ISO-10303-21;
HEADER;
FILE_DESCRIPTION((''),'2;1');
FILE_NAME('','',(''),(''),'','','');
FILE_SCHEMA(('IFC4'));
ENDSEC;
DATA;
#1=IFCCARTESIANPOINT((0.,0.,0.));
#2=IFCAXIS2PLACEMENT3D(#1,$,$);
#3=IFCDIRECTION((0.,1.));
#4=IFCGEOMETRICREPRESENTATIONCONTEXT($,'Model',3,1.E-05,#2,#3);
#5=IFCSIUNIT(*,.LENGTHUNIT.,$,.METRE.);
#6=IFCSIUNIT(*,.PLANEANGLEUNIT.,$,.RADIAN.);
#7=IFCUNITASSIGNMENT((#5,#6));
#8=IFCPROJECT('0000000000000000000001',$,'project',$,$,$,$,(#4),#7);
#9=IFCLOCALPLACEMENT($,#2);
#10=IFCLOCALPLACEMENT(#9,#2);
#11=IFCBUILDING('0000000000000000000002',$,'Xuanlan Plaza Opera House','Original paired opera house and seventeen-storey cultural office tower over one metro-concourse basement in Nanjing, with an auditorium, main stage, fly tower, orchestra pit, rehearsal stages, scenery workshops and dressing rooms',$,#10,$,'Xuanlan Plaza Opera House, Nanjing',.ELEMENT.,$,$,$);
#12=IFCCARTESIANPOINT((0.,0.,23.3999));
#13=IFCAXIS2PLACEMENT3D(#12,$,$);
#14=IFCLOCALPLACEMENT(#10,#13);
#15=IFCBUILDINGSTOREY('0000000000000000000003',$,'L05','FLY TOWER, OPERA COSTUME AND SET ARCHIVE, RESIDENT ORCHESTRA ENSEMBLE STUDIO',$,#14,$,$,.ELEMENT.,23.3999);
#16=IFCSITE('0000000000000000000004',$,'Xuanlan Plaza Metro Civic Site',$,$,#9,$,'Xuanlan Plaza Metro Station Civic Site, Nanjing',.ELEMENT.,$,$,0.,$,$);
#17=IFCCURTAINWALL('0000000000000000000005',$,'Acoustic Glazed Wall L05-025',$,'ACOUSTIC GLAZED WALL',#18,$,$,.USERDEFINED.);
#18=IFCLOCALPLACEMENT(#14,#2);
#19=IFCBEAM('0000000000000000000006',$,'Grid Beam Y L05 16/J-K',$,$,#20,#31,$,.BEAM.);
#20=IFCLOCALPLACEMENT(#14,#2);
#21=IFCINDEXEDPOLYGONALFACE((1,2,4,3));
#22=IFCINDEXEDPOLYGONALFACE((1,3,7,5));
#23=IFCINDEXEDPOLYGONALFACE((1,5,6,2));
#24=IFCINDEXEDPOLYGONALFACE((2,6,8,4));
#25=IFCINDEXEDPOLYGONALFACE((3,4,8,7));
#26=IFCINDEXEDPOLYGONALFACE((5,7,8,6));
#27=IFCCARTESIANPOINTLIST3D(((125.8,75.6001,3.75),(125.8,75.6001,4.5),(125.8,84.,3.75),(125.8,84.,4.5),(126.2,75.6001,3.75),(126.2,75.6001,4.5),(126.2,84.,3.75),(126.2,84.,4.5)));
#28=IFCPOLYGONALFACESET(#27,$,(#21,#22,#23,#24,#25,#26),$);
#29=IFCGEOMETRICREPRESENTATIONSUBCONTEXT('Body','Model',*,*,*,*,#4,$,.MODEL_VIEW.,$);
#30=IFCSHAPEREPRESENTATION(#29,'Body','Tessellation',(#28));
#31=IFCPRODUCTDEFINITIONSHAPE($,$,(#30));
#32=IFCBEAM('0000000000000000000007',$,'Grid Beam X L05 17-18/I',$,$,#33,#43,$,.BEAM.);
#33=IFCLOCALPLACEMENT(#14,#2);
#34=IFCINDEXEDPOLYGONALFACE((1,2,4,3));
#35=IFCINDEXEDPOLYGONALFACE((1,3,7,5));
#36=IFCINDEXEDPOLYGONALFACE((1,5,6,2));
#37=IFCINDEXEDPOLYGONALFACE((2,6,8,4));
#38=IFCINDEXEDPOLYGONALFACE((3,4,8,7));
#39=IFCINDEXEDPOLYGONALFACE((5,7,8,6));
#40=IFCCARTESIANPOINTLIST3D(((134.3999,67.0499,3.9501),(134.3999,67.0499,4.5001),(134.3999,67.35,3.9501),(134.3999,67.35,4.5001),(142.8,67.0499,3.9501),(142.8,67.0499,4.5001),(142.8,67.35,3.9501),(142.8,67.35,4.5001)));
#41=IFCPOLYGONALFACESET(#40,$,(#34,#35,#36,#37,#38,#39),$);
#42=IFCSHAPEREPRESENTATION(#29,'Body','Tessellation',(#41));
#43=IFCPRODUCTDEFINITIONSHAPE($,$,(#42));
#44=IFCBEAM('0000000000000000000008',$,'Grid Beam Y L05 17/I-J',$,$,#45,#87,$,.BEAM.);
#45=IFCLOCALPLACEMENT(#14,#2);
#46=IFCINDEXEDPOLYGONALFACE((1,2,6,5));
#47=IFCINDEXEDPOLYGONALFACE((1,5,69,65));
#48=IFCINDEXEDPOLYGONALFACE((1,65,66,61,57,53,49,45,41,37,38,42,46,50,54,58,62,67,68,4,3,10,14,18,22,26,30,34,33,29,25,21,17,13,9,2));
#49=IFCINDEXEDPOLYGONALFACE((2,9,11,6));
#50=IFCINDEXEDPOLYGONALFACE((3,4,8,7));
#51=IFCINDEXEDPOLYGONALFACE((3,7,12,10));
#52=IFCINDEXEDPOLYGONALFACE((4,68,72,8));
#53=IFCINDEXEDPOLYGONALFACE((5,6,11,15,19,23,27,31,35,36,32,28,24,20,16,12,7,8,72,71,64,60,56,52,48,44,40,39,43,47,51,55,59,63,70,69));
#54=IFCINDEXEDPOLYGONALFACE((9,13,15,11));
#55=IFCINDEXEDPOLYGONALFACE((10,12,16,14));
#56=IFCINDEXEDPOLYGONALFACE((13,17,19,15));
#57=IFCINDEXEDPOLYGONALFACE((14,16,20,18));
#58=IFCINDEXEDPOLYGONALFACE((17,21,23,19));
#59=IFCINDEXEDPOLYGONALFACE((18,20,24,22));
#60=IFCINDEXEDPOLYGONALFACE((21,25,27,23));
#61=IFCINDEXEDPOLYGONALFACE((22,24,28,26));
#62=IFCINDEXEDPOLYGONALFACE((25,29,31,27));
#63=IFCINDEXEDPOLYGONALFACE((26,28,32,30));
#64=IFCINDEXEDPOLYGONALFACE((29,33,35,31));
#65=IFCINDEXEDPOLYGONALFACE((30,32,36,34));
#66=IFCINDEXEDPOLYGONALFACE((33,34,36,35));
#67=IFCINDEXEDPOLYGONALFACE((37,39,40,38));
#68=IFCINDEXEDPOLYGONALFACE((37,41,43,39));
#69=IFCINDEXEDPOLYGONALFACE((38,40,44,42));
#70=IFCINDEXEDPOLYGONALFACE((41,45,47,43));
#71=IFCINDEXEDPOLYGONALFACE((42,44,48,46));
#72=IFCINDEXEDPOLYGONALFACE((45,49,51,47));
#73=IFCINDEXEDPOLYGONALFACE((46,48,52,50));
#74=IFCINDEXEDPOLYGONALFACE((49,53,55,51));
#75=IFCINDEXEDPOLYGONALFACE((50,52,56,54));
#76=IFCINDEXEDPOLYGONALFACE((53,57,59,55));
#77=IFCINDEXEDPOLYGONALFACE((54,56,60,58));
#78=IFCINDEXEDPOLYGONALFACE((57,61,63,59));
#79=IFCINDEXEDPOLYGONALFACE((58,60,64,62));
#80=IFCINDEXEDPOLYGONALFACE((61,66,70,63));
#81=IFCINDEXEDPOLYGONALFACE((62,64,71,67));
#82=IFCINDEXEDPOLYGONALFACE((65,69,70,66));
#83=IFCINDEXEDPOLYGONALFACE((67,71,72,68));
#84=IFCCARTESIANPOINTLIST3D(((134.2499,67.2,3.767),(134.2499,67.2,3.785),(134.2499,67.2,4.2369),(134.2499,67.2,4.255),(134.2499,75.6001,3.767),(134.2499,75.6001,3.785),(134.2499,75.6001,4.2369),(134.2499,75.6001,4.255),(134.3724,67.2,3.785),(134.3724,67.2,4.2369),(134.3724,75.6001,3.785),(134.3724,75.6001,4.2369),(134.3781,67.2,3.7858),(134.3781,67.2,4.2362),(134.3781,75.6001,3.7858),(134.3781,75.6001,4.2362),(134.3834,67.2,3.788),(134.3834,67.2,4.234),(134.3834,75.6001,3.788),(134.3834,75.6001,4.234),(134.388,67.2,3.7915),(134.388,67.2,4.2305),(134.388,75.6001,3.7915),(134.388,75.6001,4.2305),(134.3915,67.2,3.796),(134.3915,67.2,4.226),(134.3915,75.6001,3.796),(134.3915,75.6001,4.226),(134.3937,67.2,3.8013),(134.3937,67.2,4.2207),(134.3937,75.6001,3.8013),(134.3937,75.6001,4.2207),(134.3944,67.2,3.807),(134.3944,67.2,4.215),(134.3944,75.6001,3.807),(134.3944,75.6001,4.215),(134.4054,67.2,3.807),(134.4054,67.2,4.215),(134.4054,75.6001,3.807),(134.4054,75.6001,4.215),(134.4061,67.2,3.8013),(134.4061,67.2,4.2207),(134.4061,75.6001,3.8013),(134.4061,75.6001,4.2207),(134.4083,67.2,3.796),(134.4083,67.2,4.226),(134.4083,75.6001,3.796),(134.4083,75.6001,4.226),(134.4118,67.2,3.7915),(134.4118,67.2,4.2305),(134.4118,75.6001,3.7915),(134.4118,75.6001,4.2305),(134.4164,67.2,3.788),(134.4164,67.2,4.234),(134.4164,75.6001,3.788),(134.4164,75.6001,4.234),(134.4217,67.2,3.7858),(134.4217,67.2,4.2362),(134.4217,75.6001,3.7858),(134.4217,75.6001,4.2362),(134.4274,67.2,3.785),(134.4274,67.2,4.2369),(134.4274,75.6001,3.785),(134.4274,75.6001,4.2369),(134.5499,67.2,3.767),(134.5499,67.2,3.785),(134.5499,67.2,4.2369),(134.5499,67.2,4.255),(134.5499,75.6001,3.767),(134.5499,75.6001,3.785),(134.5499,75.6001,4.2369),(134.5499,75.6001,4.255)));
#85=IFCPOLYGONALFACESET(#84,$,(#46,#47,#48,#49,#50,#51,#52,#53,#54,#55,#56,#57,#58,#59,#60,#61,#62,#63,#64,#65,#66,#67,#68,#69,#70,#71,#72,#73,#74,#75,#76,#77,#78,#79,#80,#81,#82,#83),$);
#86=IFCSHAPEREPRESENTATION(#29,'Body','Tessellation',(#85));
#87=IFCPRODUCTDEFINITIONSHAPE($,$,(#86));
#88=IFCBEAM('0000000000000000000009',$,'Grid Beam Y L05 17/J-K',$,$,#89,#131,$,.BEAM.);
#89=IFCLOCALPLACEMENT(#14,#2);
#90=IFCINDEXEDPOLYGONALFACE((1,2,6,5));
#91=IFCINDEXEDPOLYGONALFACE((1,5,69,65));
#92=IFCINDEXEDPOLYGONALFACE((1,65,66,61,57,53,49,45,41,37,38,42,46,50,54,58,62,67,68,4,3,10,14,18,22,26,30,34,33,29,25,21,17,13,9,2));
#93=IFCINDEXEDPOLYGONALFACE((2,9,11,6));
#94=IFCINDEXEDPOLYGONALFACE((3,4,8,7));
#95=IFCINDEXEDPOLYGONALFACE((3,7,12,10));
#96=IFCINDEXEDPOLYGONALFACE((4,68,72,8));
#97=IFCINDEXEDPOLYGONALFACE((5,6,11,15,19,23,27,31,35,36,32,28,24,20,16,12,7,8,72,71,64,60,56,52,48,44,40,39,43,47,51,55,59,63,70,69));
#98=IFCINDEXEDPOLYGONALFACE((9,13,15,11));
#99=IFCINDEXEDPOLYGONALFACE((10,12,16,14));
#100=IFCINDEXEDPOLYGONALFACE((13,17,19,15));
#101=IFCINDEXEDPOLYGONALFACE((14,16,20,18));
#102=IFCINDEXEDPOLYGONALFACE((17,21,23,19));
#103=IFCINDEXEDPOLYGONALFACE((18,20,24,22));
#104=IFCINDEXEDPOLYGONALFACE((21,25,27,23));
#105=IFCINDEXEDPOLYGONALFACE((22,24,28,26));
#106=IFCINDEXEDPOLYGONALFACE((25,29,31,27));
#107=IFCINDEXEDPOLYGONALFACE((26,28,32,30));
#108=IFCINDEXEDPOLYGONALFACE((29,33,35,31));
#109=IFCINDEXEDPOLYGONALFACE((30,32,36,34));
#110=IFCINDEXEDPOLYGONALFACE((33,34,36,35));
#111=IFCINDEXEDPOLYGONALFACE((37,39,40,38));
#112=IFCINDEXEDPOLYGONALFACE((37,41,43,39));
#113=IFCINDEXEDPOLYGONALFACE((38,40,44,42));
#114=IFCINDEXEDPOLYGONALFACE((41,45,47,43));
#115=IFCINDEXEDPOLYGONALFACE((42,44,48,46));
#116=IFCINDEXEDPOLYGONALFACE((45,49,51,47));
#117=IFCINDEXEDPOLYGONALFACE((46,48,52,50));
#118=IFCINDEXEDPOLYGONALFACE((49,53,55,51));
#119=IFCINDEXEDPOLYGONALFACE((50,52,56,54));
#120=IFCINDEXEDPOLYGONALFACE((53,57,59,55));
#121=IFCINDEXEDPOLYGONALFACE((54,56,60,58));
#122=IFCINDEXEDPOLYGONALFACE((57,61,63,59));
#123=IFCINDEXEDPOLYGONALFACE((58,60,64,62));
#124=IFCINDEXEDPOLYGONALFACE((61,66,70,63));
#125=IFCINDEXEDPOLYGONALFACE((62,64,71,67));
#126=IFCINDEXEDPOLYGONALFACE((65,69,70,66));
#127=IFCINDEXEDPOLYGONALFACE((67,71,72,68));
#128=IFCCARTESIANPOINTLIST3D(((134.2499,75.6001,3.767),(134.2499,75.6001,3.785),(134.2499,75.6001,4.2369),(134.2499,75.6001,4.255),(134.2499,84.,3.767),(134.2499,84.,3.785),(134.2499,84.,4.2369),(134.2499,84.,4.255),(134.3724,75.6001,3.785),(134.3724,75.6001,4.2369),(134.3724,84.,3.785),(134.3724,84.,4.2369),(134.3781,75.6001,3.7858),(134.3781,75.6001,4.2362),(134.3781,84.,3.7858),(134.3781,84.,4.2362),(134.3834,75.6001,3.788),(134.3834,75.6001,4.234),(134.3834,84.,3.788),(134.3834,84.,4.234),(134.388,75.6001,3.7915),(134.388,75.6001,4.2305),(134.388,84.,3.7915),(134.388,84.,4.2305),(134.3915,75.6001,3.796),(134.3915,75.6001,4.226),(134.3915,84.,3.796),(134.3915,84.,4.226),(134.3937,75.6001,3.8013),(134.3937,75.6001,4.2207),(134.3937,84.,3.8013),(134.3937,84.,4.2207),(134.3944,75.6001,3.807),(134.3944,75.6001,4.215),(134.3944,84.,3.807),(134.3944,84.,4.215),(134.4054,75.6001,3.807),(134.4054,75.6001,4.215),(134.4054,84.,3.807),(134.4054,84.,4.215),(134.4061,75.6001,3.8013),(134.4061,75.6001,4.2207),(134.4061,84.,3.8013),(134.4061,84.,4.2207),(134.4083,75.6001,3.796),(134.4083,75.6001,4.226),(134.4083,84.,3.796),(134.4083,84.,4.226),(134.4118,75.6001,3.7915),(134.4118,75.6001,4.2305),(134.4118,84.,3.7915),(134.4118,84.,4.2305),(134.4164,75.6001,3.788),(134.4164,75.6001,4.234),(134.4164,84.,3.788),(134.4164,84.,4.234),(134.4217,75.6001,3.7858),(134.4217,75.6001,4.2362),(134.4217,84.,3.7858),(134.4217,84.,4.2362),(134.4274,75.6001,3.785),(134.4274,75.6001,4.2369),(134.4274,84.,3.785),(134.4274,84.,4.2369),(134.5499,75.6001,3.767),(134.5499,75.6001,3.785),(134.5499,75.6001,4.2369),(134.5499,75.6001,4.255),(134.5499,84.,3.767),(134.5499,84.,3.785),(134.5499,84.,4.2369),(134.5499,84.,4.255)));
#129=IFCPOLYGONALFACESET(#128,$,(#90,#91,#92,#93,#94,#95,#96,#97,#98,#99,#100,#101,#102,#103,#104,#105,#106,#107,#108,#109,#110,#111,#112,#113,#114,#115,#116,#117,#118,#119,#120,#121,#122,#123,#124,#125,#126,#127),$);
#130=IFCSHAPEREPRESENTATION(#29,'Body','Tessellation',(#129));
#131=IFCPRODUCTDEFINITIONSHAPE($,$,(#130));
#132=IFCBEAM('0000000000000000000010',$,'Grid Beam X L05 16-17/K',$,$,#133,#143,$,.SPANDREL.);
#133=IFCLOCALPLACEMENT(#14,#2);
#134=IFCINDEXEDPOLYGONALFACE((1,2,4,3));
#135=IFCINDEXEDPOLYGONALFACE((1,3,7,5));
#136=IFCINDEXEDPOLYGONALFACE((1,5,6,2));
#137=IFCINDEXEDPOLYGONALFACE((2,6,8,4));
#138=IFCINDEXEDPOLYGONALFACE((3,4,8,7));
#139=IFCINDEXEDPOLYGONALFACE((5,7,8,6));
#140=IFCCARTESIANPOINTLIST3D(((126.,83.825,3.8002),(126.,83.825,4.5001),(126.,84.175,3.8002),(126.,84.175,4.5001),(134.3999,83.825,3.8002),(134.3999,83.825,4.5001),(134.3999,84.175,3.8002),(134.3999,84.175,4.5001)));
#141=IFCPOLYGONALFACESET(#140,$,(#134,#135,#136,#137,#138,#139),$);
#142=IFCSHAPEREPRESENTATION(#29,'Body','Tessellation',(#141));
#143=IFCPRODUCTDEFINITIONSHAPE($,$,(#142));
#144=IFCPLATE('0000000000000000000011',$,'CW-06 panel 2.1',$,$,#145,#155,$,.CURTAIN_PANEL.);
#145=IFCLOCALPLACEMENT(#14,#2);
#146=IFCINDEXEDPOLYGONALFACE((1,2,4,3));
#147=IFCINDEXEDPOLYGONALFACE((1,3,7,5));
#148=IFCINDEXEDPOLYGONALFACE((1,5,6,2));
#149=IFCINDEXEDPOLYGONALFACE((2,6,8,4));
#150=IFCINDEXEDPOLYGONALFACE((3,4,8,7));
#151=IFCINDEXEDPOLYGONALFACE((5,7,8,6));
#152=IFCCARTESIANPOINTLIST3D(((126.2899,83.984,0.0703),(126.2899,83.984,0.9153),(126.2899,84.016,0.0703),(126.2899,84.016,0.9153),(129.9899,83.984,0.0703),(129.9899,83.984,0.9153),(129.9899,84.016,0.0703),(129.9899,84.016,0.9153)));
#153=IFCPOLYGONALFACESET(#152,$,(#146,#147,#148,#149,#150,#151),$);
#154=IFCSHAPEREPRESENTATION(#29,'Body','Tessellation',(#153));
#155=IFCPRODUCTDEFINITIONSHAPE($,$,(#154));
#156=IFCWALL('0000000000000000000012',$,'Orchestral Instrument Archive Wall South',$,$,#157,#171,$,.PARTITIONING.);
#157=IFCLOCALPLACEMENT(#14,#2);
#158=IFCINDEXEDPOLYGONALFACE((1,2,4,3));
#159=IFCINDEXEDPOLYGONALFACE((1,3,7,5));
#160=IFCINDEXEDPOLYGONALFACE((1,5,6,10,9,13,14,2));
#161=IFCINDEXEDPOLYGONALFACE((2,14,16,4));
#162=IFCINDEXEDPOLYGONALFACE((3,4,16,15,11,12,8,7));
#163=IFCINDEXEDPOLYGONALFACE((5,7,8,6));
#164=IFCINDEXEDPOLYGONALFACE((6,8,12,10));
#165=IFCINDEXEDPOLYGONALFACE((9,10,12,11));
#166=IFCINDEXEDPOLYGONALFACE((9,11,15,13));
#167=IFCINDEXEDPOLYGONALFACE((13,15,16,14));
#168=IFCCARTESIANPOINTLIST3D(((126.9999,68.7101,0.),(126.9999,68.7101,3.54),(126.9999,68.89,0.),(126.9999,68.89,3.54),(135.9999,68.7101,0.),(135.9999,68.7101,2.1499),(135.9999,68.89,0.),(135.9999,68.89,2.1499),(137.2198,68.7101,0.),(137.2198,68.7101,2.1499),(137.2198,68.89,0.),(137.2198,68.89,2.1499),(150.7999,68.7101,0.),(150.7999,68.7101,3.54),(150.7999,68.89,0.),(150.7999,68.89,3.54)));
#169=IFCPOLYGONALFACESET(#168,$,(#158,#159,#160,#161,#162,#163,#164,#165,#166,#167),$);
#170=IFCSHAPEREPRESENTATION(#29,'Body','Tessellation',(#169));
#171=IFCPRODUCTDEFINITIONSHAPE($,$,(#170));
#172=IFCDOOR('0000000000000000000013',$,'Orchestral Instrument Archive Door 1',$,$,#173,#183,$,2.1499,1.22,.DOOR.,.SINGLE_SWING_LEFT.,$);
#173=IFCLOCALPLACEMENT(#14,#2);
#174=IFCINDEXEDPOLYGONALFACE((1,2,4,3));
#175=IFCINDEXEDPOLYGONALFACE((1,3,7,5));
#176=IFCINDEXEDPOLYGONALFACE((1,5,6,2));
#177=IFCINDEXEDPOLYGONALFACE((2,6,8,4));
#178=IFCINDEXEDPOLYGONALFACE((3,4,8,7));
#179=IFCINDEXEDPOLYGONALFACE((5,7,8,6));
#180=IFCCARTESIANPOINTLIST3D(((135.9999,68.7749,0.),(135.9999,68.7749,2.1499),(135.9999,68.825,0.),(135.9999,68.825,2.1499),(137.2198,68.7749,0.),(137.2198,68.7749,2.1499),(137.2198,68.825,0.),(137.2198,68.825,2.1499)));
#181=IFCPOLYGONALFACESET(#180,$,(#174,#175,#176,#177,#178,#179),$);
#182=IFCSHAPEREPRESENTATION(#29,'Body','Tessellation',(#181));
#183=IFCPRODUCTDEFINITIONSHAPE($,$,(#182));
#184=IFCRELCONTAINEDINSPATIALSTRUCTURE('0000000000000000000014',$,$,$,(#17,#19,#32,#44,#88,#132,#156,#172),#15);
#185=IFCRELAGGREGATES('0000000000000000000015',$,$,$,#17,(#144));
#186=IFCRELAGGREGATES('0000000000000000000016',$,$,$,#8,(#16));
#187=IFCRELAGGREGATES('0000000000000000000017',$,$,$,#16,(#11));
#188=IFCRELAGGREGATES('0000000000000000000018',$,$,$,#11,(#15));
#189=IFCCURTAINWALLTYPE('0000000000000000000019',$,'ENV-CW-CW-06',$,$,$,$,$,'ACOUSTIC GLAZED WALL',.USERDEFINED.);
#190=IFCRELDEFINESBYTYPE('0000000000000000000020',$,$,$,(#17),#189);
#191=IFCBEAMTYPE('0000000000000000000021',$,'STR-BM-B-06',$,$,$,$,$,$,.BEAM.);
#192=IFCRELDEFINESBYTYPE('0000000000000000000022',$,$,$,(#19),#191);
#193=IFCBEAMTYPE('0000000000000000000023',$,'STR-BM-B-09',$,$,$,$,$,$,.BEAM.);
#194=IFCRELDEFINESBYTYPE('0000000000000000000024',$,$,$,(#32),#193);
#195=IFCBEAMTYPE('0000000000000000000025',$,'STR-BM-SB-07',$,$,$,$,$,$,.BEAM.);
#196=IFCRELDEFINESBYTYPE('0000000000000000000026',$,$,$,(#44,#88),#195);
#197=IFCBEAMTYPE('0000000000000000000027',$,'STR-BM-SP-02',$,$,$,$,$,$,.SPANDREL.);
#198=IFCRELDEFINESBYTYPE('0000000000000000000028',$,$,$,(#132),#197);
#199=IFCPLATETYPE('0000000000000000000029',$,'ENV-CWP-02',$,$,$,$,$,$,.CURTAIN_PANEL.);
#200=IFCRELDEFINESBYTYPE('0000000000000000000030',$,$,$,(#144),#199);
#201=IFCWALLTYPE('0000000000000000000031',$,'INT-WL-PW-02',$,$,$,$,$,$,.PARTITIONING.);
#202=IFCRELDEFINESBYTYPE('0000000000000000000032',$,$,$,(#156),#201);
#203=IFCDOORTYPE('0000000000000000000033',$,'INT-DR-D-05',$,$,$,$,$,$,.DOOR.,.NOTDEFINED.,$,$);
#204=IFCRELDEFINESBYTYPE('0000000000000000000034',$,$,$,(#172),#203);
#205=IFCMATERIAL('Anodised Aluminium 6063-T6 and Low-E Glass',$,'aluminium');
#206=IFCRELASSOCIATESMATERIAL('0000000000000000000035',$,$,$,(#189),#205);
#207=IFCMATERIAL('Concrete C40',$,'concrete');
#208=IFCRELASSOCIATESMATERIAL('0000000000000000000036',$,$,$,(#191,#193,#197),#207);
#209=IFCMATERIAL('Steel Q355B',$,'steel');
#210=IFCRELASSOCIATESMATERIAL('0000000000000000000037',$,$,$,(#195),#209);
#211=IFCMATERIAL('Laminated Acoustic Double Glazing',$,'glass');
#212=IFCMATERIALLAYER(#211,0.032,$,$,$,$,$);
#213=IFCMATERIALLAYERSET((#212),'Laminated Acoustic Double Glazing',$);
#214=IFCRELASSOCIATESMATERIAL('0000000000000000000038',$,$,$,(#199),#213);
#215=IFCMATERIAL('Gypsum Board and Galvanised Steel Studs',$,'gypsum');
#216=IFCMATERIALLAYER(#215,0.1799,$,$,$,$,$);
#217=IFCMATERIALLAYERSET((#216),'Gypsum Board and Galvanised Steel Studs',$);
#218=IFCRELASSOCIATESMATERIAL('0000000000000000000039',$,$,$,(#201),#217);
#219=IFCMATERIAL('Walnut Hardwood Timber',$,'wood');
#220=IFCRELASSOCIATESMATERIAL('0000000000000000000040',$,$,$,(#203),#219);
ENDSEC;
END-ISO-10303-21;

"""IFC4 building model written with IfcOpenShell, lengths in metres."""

from ifc_helpers import new_model, si_unit, direction, frame, frame_2d, origin, origin_2d, place, context, subcontext, project, spatial, rectangle, i_section, extrude, material, layer, layer_set, material_profile, profile_set, type_object, element, fill, aggregate, save


model = new_model("IFC4")

# Units and contexts
model_context = context("Model", 3, precision=1e-05, world=origin(), true_north=direction((0.0, 1.0)))
body_context = subcontext(model_context, "Body", "Model", "MODEL_VIEW")
ifc_project = project(units=[si_unit("LENGTHUNIT", "METRE"), si_unit("PLANEANGLEUNIT", "RADIAN")], contexts=[model_context])

# Site, building, storey
site_placement = place(None, origin())
site = spatial("IfcSite", under=ifc_project, at=site_placement, Name="Xuanlan Plaza Metro Civic Site", LongName="Xuanlan Plaza Metro Station Civic Site, Nanjing", CompositionType="ELEMENT", RefElevation=0.0)
building_placement = place(site_placement, origin())
building = spatial("IfcBuilding", under=site, at=building_placement, Name="Xuanlan Plaza Opera House", Description="Original paired opera house and seventeen-storey cultural office tower over one metro-concourse basement in Nanjing, with an auditorium, main stage, fly tower, orchestra pit, rehearsal stages, scenery workshops and dressing rooms", LongName="Xuanlan Plaza Opera House, Nanjing", CompositionType="ELEMENT")
storey_placement = place(building_placement, frame((0.0, 0.0, 23.3999)))
storey = spatial("IfcBuildingStorey", under=building, at=storey_placement, Name="L05", Description="FLY TOWER, OPERA COSTUME AND SET ARCHIVE, RESIDENT ORCHESTRA ENSEMBLE STUDIO", CompositionType="ELEMENT", Elevation=23.3999)

# Shared definitions
ifc_material_1 = material(Name="Steel Q355B", Category="steel")

# Curtain wall
ifc_material_2 = material(Name="Anodised Aluminium 6063-T6 and Low-E Glass", Category="aluminium")
curtain_wall_type = type_object("IfcCurtainWallType", Name="ENV-CW-CW-06", ElementType="ACOUSTIC GLAZED WALL", PredefinedType="USERDEFINED", material=ifc_material_2)
curtain_wall_placement = place(storey_placement, origin())
curtain_wall = element("IfcCurtainWall", 1, at=curtain_wall_placement, inside=storey, type_object=curtain_wall_type, Name="Acoustic Glazed Wall L05-025", ObjectType="ACOUSTIC GLAZED WALL", PredefinedType="USERDEFINED")

# Beams
ifc_material_3 = material(Name="Concrete C40", Category="concrete")
ifc_material_profile_1 = material_profile(ifc_material_3, rectangle(XDim=0.3999, YDim=0.75, at=origin_2d()), Name="RC-BM 400x750")
ifc_profile_set_1 = profile_set([ifc_material_profile_1], Name="Concrete C40")
beam_type_1 = type_object("IfcBeamType", Name="STR-BM-B-06", PredefinedType="BEAM", material=ifc_profile_set_1)
beam_1_placement = place(storey_placement, frame((126.0, 75.6001, 4.125), z_axis=(0.0, 1.0, 0.0), x_axis=(-1.0, 0.0, 0.0)))
element("IfcBeam", 2, at=beam_1_placement, inside=storey, type_object=beam_type_1, Name="Grid Beam Y L05 16/J-K", PredefinedType="BEAM", context=body_context, shape_type="SweptSolid", body=[
    extrude(rectangle(XDim=0.3999, YDim=0.75, at=origin_2d()), origin(), (0.0, 0.0, 1.0), 8.3999),
])
ifc_material_profile_2 = material_profile(ifc_material_3, rectangle(XDim=0.3, YDim=0.55, at=origin_2d()), Name="RC-BM 300x550")
ifc_profile_set_2 = profile_set([ifc_material_profile_2], Name="Concrete C40")
beam_type_2 = type_object("IfcBeamType", Name="STR-BM-B-09", PredefinedType="BEAM", material=ifc_profile_set_2)
beam_2_placement = place(storey_placement, frame((134.3999, 67.2, 4.2251), z_axis=(1.0, 0.0, 0.0), x_axis=(0.0, 1.0, 0.0)))
element("IfcBeam", 3, at=beam_2_placement, inside=storey, type_object=beam_type_2, Name="Grid Beam X L05 17-18/I", PredefinedType="BEAM", context=body_context, shape_type="SweptSolid", body=[
    extrude(rectangle(XDim=0.3, YDim=0.55, at=origin_2d()), origin(), (0.0, 0.0, 1.0), 8.4001),
])
ifc_material_profile_3 = material_profile(ifc_material_1, i_section(OverallWidth=0.3, OverallDepth=0.488, WebThickness=0.011, FlangeThickness=0.0181, FilletRadius=0.022, at=origin_2d()), Name="HM 488x300x11x18")
ifc_profile_set_3 = profile_set([ifc_material_profile_3], Name="Steel Q355B")
beam_type_3 = type_object("IfcBeamType", Name="STR-BM-SB-07", PredefinedType="BEAM", material=ifc_profile_set_3)
beam_3_placement = place(storey_placement, frame((134.3999, 67.2, 4.011), z_axis=(0.0, 1.0, 0.0), x_axis=(-1.0, 0.0, 0.0)))
element("IfcBeam", 4, at=beam_3_placement, inside=storey, type_object=beam_type_3, Name="Grid Beam Y L05 17/I-J", PredefinedType="BEAM", context=body_context, shape_type="SweptSolid", body=[
    extrude(i_section(OverallWidth=0.3, OverallDepth=0.488, WebThickness=0.011, FlangeThickness=0.0181, FilletRadius=0.022, at=origin_2d()), origin(), (0.0, 0.0, 1.0), 8.4001),
])
beam_4_placement = place(storey_placement, frame((134.3999, 75.6001, 4.011), z_axis=(0.0, 1.0, 0.0), x_axis=(-1.0, 0.0, 0.0)))
element("IfcBeam", 5, at=beam_4_placement, inside=storey, type_object=beam_type_3, Name="Grid Beam Y L05 17/J-K", PredefinedType="BEAM", context=body_context, shape_type="SweptSolid", body=[
    extrude(i_section(OverallWidth=0.3, OverallDepth=0.488, WebThickness=0.011, FlangeThickness=0.0181, FilletRadius=0.022, at=origin_2d()), origin(), (0.0, 0.0, 1.0), 8.3999),
])
ifc_material_profile_4 = material_profile(ifc_material_3, rectangle(XDim=0.3501, YDim=0.7, at=origin_2d()), Name="RC-SPD 350x700")
ifc_profile_set_4 = profile_set([ifc_material_profile_4], Name="Concrete C40")
beam_type_4 = type_object("IfcBeamType", Name="STR-BM-SP-02", PredefinedType="SPANDREL", material=ifc_profile_set_4)
beam_5_placement = place(storey_placement, frame((126.0, 84.0, 4.1501), z_axis=(1.0, 0.0, 0.0), x_axis=(0.0, 1.0, 0.0)))
element("IfcBeam", 6, at=beam_5_placement, inside=storey, type_object=beam_type_4, Name="Grid Beam X L05 16-17/K", PredefinedType="SPANDREL", context=body_context, shape_type="SweptSolid", body=[
    extrude(rectangle(XDim=0.3501, YDim=0.7, at=origin_2d()), origin(), (0.0, 0.0, 1.0), 8.3999),
])

# Plate
ifc_material_4 = material(Name="Laminated Acoustic Double Glazing", Category="glass")
ifc_layer_1 = layer(ifc_material_4, 0.032)
ifc_layer_set_1 = layer_set([ifc_layer_1], Name="Laminated Acoustic Double Glazing")
plate_type = type_object("IfcPlateType", Name="ENV-CWP-02", PredefinedType="CURTAIN_PANEL", material=ifc_layer_set_1)
plate_placement = place(storey_placement, frame((128.1399, 84.0, 0.0703), z_axis=(0.0, 0.0, 1.0), x_axis=(-1.0, 0.0, 0.0)))
plate = element("IfcPlate", 7, at=plate_placement, type_object=plate_type, Name="CW-06 panel 2.1", PredefinedType="CURTAIN_PANEL", context=body_context, shape_type="SweptSolid", body=[
    extrude(rectangle(XDim=3.7, YDim=0.032, at=origin_2d()), origin(), (0.0, 0.0, 1.0), 0.845),
])
aggregate(curtain_wall, [plate])

# Wall, opening, door
ifc_material_5 = material(Name="Gypsum Board and Galvanised Steel Studs", Category="gypsum")
ifc_layer_2 = layer(ifc_material_5, 0.1799)
ifc_layer_set_2 = layer_set([ifc_layer_2], Name="Gypsum Board and Galvanised Steel Studs")
wall_type_1 = type_object("IfcWallType", Name="INT-WL-PW-02", PredefinedType="PARTITIONING", material=ifc_layer_set_2)
wall_1_placement = place(storey_placement, frame((127.0, 68.8, 0.0), z_axis=(0.0, 0.0, 1.0), x_axis=(1.0, 0.0, 0.0)))
wall_1 = element("IfcWall", 8, at=wall_1_placement, inside=storey, type_object=wall_type_1, Name="Orchestral Instrument Archive Wall South", PredefinedType="PARTITIONING", context=body_context, shape_type="SweptSolid", body=[
    extrude(rectangle(XDim=23.8, YDim=0.1799, at=frame_2d((11.8999, 0.0))), origin(), (0.0, 0.0, 1.0), 3.54),
])
opening_1_placement = place(wall_1_placement, frame((9.0, 0.0, 0.0)))
opening_1 = element("IfcOpeningElement", 9, at=opening_1_placement, cuts=wall_1, PredefinedType="OPENING", context=body_context, shape_type="SweptSolid", body=[
    extrude(rectangle(XDim=1.22, YDim=2.1499, at=frame_2d((0.6099, 1.075))), frame((0.0, 0.0999, 0.0), z_axis=(0.0, -1.0, 0.0), x_axis=(1.0, 0.0, 0.0)), (0.0, 0.0, 1.0), 0.2),
])
ifc_material_6 = material(Name="Walnut Hardwood Timber", Category="wood")
door_type_1 = type_object("IfcDoorType", Name="INT-DR-D-05", OperationType="NOTDEFINED", PredefinedType="DOOR", material=ifc_material_6)
door_1_placement = place(opening_1_placement, origin())
door_1 = element("IfcDoor", 10, at=door_1_placement, inside=storey, type_object=door_type_1, Name="Orchestral Instrument Archive Door 1", OperationType="SINGLE_SWING_LEFT", OverallHeight=2.1499, OverallWidth=1.22, PredefinedType="DOOR", context=body_context, shape_type="SweptSolid", body=[
    extrude(rectangle(XDim=1.22, YDim=2.1499, at=frame_2d((0.6099, 1.075))), frame((0.0, 0.0249, 0.0), z_axis=(0.0, -1.0, 0.0), x_axis=(1.0, 0.0, 0.0)), (0.0, 0.0, 1.0), 0.05),
])
fill(opening_1, door_1)

save(model, "model.ifc")
